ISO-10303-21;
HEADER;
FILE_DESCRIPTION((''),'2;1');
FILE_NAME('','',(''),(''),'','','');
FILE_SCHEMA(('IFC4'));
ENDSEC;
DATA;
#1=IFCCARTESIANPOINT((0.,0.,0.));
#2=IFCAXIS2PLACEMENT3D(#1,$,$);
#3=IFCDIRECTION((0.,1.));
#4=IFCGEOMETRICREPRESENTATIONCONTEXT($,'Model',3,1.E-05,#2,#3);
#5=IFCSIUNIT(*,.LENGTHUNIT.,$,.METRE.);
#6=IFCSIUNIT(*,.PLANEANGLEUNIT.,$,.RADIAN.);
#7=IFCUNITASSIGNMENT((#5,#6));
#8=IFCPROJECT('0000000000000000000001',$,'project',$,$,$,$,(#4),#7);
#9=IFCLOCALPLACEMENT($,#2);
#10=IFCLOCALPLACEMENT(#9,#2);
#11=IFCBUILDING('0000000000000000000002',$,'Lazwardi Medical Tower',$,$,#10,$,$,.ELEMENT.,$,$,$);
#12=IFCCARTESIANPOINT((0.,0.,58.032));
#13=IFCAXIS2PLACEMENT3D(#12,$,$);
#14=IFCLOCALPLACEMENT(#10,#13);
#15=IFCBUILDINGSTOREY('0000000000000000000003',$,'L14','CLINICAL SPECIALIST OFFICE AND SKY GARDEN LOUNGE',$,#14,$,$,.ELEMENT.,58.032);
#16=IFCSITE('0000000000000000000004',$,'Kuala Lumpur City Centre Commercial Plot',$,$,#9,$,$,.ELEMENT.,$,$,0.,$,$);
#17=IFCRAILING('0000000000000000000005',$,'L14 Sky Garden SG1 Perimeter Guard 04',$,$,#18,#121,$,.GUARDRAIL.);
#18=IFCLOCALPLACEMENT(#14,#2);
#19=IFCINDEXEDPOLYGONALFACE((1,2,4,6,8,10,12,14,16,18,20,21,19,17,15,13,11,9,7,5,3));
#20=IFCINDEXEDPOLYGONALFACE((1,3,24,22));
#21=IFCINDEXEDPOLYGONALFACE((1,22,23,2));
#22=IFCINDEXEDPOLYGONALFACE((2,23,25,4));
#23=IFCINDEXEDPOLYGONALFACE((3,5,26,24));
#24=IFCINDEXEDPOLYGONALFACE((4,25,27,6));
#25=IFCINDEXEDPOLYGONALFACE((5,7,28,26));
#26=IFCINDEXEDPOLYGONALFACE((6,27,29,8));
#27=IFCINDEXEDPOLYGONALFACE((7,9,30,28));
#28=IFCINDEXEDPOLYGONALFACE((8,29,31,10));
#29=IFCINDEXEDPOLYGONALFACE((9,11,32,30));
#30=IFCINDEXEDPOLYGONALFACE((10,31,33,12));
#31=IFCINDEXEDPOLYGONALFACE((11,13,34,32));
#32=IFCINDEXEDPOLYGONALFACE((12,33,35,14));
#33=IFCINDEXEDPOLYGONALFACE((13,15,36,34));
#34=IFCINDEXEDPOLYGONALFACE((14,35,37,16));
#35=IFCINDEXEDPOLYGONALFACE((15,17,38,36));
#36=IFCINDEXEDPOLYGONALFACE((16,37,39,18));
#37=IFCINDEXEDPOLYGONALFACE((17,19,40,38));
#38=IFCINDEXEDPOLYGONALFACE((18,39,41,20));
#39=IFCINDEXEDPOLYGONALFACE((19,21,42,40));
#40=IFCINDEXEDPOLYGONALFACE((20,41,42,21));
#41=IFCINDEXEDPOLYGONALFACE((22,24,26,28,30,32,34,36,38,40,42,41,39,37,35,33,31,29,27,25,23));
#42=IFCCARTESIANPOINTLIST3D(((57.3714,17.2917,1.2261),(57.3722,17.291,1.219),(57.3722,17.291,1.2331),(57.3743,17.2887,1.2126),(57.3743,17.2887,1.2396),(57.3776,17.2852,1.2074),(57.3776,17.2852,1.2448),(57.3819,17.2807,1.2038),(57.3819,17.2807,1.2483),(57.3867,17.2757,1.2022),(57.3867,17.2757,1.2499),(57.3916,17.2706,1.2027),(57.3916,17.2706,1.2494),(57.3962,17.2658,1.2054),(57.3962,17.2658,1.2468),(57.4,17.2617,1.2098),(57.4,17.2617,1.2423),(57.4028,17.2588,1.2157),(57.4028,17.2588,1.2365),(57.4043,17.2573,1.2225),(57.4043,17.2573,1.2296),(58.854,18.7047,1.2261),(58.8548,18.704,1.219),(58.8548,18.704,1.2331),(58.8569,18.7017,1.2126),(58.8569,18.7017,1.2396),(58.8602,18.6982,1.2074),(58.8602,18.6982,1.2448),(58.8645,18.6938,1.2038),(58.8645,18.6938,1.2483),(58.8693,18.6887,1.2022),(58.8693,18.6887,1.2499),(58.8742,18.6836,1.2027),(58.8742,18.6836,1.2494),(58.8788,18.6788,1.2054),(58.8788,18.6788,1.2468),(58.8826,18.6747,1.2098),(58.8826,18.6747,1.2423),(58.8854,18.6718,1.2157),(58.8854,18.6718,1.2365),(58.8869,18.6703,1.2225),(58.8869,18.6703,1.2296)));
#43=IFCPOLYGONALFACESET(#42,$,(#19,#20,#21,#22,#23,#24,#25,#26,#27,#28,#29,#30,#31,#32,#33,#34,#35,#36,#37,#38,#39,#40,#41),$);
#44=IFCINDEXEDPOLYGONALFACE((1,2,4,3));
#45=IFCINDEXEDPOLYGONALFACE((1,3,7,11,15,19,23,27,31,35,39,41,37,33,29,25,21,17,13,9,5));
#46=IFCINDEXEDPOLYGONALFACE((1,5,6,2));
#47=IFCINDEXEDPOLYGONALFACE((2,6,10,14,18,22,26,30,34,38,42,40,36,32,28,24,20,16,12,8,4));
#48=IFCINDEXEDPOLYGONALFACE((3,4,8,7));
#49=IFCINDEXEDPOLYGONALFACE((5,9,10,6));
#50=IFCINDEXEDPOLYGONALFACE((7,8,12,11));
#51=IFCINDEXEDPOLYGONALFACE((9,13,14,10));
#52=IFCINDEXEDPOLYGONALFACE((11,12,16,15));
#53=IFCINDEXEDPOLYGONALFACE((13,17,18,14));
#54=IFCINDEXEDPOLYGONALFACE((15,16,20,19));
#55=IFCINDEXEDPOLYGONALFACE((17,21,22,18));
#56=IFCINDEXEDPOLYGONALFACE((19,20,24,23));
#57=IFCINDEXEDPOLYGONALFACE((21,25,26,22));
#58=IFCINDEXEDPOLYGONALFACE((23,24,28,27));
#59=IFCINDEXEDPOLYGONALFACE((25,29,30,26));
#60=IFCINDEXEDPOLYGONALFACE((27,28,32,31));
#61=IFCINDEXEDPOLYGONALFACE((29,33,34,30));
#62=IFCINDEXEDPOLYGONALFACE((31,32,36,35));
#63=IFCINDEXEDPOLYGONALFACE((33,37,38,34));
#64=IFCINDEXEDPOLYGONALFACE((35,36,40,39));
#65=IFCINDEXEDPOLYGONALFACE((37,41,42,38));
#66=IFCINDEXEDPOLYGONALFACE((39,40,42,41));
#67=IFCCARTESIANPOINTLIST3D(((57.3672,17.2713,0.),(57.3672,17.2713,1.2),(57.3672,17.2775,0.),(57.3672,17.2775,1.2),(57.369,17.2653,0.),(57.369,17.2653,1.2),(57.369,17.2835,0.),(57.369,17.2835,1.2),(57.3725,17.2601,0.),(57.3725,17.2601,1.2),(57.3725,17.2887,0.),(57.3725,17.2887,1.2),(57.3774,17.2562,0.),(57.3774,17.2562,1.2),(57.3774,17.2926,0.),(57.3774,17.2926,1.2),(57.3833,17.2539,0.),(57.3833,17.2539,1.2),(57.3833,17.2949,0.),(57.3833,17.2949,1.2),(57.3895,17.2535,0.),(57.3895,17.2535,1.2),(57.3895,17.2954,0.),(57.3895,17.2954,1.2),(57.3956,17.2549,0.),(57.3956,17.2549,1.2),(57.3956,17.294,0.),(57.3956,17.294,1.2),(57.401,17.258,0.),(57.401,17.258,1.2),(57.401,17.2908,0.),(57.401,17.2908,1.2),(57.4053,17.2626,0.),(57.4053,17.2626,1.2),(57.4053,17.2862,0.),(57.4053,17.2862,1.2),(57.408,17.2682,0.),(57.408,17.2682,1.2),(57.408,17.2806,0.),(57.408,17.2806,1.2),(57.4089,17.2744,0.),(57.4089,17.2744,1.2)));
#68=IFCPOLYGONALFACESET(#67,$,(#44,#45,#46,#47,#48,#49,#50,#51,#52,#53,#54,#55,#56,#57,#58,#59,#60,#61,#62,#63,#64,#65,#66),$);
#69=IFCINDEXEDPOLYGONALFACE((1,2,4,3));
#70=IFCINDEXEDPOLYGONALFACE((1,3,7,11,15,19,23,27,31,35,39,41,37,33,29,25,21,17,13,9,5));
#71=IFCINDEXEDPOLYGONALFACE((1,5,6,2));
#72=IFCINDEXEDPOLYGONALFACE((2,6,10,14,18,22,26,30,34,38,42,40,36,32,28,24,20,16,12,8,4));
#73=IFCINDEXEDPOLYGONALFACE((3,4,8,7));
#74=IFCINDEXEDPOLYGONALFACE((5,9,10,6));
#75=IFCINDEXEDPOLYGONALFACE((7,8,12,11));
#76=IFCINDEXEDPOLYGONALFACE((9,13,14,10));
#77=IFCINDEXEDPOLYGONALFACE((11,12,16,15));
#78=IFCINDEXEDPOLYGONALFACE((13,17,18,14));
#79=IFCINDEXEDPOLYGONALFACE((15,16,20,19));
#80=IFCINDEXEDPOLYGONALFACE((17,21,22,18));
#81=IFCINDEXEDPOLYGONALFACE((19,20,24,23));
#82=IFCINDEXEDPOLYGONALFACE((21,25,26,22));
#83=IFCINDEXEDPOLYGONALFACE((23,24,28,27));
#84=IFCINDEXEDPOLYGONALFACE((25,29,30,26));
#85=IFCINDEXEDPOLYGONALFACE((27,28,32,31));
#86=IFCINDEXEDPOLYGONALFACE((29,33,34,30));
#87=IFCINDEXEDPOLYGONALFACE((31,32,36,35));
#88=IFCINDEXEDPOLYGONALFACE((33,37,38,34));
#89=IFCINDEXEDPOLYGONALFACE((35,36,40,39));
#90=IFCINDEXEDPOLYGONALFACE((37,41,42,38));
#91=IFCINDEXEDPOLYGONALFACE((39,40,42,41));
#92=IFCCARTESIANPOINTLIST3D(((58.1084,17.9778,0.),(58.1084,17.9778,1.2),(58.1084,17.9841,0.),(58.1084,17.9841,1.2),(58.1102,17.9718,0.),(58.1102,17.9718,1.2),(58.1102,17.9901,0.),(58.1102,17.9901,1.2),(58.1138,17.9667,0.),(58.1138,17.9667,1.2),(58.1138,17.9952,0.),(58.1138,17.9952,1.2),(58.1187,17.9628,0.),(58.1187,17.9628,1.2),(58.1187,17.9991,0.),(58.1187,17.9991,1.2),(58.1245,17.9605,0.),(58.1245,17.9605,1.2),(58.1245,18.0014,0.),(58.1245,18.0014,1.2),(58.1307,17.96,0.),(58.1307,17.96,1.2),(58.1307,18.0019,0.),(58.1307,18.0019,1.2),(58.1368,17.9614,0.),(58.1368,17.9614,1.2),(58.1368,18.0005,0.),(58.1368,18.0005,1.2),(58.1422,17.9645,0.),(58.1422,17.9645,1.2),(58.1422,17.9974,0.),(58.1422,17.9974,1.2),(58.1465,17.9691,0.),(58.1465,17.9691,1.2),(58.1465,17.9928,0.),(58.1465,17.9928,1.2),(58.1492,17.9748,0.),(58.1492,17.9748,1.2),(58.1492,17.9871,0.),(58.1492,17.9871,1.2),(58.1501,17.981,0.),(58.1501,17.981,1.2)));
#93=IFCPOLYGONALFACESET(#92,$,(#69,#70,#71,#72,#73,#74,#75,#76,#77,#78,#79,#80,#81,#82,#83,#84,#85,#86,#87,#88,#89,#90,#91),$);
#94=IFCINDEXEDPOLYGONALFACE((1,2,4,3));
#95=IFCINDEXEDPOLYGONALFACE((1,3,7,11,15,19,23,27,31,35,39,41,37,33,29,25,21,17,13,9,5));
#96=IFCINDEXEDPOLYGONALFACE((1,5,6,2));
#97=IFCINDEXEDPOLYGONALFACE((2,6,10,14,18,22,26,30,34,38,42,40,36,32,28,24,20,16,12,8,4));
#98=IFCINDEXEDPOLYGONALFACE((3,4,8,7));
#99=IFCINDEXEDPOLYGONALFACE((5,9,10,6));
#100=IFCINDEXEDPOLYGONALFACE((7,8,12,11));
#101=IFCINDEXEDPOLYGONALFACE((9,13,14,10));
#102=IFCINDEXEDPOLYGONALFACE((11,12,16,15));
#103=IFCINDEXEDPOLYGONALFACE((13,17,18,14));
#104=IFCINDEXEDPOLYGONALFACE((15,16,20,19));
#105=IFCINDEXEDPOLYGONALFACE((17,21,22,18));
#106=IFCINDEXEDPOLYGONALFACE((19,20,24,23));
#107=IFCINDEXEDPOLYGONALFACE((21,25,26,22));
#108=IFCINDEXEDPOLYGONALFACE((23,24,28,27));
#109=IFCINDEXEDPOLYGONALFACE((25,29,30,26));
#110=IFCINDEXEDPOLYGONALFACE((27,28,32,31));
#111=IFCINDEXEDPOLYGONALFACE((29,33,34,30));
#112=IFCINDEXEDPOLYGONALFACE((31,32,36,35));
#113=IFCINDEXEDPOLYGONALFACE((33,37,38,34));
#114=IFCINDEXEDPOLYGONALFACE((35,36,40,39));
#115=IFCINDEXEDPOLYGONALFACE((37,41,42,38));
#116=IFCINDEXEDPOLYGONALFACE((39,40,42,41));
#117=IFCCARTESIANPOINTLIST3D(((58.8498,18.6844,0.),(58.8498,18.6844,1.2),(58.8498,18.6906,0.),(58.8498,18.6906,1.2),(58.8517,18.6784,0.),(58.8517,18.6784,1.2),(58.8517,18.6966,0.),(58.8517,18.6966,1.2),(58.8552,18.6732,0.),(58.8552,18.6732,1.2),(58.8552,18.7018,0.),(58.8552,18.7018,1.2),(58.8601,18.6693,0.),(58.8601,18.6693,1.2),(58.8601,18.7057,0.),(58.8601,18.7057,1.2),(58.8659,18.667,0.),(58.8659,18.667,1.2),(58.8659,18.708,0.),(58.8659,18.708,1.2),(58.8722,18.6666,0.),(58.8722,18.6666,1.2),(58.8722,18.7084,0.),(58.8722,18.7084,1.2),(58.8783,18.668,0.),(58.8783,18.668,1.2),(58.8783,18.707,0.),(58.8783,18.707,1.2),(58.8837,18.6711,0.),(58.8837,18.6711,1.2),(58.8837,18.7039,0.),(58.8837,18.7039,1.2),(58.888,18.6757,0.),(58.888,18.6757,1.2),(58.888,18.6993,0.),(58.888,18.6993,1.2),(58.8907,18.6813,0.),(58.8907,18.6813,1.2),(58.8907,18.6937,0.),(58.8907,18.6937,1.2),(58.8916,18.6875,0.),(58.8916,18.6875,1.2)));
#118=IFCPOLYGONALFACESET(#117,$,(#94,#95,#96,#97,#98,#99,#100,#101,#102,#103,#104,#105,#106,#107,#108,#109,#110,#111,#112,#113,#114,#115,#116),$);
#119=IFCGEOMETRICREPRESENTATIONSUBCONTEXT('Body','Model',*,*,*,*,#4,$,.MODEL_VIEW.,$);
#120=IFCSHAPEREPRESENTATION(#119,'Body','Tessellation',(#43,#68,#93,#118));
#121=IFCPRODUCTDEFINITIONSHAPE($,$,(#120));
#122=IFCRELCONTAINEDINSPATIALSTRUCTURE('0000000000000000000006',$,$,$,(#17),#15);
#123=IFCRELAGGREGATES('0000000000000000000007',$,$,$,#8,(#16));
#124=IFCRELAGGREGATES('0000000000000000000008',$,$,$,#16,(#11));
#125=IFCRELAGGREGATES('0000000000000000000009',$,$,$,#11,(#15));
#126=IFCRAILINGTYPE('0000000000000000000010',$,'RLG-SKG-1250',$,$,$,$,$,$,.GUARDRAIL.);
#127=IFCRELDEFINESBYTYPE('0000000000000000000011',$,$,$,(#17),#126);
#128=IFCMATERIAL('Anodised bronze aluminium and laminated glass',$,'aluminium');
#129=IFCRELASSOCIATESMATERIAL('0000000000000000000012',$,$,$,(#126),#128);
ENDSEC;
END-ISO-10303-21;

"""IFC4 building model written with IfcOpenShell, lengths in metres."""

from ifc_helpers import new_model, si_unit, direction, frame, origin, origin_2d, place, context, subcontext, project, spatial, circle, extrude, material, type_object, element, save


model = new_model("IFC4")

# Units and contexts
model_context = context("Model", 3, precision=1e-05, world=origin(), true_north=direction((0.0, 1.0)))
body_context = subcontext(model_context, "Body", "Model", "MODEL_VIEW")
ifc_project = project(units=[si_unit("LENGTHUNIT", "METRE"), si_unit("PLANEANGLEUNIT", "RADIAN")], contexts=[model_context])

# Site, building, storey
site_placement = place(None, origin())
site = spatial("IfcSite", under=ifc_project, at=site_placement, Name="Kuala Lumpur City Centre Commercial Plot", CompositionType="ELEMENT", RefElevation=0.0)
building_placement = place(site_placement, origin())
building = spatial("IfcBuilding", under=site, at=building_placement, Name="Lazwardi Medical Tower", CompositionType="ELEMENT")
storey_placement = place(building_placement, frame((0.0, 0.0, 58.032)))
storey = spatial("IfcBuildingStorey", under=building, at=storey_placement, Name="L14", Description="CLINICAL SPECIALIST OFFICE AND SKY GARDEN LOUNGE", CompositionType="ELEMENT", Elevation=58.032)

# Railing
ifc_material_1 = material(Name="Anodised bronze aluminium and laminated glass", Category="aluminium")
railing_type = type_object("IfcRailingType", Name="RLG-SKG-1250", PredefinedType="GUARDRAIL", material=ifc_material_1)
railing_1_placement = place(storey_placement, frame((57.3879, 17.2744, 0.0)))
element("IfcRailing", 1, at=railing_1_placement, inside=storey, type_object=railing_type, Name="L14 Sky Garden SG1 Perimeter Guard 04", PredefinedType="GUARDRAIL", context=body_context, shape_type="SweptSolid", body=[
    extrude(circle(Radius=0.0239, at=origin_2d()), frame((0.0, 0.0, 1.2261), z_axis=(0.723888, 0.689917, 0.0), x_axis=(-0.689917, 0.723888, 0.0)), (0.0, 0.0, 1.0), 2.0481),
    extrude(circle(Radius=0.021, at=origin_2d()), origin(), (0.0, 0.0, 1.0), 1.2),
    extrude(circle(Radius=0.021, at=origin_2d()), frame((0.7412, 0.7065, 0.0)), (0.0, 0.0, 1.0), 1.2),
    extrude(circle(Radius=0.021, at=origin_2d()), frame((1.4827, 1.4131, 0.0)), (0.0, 0.0, 1.0), 1.2),
])

save(model, "model.ifc")
